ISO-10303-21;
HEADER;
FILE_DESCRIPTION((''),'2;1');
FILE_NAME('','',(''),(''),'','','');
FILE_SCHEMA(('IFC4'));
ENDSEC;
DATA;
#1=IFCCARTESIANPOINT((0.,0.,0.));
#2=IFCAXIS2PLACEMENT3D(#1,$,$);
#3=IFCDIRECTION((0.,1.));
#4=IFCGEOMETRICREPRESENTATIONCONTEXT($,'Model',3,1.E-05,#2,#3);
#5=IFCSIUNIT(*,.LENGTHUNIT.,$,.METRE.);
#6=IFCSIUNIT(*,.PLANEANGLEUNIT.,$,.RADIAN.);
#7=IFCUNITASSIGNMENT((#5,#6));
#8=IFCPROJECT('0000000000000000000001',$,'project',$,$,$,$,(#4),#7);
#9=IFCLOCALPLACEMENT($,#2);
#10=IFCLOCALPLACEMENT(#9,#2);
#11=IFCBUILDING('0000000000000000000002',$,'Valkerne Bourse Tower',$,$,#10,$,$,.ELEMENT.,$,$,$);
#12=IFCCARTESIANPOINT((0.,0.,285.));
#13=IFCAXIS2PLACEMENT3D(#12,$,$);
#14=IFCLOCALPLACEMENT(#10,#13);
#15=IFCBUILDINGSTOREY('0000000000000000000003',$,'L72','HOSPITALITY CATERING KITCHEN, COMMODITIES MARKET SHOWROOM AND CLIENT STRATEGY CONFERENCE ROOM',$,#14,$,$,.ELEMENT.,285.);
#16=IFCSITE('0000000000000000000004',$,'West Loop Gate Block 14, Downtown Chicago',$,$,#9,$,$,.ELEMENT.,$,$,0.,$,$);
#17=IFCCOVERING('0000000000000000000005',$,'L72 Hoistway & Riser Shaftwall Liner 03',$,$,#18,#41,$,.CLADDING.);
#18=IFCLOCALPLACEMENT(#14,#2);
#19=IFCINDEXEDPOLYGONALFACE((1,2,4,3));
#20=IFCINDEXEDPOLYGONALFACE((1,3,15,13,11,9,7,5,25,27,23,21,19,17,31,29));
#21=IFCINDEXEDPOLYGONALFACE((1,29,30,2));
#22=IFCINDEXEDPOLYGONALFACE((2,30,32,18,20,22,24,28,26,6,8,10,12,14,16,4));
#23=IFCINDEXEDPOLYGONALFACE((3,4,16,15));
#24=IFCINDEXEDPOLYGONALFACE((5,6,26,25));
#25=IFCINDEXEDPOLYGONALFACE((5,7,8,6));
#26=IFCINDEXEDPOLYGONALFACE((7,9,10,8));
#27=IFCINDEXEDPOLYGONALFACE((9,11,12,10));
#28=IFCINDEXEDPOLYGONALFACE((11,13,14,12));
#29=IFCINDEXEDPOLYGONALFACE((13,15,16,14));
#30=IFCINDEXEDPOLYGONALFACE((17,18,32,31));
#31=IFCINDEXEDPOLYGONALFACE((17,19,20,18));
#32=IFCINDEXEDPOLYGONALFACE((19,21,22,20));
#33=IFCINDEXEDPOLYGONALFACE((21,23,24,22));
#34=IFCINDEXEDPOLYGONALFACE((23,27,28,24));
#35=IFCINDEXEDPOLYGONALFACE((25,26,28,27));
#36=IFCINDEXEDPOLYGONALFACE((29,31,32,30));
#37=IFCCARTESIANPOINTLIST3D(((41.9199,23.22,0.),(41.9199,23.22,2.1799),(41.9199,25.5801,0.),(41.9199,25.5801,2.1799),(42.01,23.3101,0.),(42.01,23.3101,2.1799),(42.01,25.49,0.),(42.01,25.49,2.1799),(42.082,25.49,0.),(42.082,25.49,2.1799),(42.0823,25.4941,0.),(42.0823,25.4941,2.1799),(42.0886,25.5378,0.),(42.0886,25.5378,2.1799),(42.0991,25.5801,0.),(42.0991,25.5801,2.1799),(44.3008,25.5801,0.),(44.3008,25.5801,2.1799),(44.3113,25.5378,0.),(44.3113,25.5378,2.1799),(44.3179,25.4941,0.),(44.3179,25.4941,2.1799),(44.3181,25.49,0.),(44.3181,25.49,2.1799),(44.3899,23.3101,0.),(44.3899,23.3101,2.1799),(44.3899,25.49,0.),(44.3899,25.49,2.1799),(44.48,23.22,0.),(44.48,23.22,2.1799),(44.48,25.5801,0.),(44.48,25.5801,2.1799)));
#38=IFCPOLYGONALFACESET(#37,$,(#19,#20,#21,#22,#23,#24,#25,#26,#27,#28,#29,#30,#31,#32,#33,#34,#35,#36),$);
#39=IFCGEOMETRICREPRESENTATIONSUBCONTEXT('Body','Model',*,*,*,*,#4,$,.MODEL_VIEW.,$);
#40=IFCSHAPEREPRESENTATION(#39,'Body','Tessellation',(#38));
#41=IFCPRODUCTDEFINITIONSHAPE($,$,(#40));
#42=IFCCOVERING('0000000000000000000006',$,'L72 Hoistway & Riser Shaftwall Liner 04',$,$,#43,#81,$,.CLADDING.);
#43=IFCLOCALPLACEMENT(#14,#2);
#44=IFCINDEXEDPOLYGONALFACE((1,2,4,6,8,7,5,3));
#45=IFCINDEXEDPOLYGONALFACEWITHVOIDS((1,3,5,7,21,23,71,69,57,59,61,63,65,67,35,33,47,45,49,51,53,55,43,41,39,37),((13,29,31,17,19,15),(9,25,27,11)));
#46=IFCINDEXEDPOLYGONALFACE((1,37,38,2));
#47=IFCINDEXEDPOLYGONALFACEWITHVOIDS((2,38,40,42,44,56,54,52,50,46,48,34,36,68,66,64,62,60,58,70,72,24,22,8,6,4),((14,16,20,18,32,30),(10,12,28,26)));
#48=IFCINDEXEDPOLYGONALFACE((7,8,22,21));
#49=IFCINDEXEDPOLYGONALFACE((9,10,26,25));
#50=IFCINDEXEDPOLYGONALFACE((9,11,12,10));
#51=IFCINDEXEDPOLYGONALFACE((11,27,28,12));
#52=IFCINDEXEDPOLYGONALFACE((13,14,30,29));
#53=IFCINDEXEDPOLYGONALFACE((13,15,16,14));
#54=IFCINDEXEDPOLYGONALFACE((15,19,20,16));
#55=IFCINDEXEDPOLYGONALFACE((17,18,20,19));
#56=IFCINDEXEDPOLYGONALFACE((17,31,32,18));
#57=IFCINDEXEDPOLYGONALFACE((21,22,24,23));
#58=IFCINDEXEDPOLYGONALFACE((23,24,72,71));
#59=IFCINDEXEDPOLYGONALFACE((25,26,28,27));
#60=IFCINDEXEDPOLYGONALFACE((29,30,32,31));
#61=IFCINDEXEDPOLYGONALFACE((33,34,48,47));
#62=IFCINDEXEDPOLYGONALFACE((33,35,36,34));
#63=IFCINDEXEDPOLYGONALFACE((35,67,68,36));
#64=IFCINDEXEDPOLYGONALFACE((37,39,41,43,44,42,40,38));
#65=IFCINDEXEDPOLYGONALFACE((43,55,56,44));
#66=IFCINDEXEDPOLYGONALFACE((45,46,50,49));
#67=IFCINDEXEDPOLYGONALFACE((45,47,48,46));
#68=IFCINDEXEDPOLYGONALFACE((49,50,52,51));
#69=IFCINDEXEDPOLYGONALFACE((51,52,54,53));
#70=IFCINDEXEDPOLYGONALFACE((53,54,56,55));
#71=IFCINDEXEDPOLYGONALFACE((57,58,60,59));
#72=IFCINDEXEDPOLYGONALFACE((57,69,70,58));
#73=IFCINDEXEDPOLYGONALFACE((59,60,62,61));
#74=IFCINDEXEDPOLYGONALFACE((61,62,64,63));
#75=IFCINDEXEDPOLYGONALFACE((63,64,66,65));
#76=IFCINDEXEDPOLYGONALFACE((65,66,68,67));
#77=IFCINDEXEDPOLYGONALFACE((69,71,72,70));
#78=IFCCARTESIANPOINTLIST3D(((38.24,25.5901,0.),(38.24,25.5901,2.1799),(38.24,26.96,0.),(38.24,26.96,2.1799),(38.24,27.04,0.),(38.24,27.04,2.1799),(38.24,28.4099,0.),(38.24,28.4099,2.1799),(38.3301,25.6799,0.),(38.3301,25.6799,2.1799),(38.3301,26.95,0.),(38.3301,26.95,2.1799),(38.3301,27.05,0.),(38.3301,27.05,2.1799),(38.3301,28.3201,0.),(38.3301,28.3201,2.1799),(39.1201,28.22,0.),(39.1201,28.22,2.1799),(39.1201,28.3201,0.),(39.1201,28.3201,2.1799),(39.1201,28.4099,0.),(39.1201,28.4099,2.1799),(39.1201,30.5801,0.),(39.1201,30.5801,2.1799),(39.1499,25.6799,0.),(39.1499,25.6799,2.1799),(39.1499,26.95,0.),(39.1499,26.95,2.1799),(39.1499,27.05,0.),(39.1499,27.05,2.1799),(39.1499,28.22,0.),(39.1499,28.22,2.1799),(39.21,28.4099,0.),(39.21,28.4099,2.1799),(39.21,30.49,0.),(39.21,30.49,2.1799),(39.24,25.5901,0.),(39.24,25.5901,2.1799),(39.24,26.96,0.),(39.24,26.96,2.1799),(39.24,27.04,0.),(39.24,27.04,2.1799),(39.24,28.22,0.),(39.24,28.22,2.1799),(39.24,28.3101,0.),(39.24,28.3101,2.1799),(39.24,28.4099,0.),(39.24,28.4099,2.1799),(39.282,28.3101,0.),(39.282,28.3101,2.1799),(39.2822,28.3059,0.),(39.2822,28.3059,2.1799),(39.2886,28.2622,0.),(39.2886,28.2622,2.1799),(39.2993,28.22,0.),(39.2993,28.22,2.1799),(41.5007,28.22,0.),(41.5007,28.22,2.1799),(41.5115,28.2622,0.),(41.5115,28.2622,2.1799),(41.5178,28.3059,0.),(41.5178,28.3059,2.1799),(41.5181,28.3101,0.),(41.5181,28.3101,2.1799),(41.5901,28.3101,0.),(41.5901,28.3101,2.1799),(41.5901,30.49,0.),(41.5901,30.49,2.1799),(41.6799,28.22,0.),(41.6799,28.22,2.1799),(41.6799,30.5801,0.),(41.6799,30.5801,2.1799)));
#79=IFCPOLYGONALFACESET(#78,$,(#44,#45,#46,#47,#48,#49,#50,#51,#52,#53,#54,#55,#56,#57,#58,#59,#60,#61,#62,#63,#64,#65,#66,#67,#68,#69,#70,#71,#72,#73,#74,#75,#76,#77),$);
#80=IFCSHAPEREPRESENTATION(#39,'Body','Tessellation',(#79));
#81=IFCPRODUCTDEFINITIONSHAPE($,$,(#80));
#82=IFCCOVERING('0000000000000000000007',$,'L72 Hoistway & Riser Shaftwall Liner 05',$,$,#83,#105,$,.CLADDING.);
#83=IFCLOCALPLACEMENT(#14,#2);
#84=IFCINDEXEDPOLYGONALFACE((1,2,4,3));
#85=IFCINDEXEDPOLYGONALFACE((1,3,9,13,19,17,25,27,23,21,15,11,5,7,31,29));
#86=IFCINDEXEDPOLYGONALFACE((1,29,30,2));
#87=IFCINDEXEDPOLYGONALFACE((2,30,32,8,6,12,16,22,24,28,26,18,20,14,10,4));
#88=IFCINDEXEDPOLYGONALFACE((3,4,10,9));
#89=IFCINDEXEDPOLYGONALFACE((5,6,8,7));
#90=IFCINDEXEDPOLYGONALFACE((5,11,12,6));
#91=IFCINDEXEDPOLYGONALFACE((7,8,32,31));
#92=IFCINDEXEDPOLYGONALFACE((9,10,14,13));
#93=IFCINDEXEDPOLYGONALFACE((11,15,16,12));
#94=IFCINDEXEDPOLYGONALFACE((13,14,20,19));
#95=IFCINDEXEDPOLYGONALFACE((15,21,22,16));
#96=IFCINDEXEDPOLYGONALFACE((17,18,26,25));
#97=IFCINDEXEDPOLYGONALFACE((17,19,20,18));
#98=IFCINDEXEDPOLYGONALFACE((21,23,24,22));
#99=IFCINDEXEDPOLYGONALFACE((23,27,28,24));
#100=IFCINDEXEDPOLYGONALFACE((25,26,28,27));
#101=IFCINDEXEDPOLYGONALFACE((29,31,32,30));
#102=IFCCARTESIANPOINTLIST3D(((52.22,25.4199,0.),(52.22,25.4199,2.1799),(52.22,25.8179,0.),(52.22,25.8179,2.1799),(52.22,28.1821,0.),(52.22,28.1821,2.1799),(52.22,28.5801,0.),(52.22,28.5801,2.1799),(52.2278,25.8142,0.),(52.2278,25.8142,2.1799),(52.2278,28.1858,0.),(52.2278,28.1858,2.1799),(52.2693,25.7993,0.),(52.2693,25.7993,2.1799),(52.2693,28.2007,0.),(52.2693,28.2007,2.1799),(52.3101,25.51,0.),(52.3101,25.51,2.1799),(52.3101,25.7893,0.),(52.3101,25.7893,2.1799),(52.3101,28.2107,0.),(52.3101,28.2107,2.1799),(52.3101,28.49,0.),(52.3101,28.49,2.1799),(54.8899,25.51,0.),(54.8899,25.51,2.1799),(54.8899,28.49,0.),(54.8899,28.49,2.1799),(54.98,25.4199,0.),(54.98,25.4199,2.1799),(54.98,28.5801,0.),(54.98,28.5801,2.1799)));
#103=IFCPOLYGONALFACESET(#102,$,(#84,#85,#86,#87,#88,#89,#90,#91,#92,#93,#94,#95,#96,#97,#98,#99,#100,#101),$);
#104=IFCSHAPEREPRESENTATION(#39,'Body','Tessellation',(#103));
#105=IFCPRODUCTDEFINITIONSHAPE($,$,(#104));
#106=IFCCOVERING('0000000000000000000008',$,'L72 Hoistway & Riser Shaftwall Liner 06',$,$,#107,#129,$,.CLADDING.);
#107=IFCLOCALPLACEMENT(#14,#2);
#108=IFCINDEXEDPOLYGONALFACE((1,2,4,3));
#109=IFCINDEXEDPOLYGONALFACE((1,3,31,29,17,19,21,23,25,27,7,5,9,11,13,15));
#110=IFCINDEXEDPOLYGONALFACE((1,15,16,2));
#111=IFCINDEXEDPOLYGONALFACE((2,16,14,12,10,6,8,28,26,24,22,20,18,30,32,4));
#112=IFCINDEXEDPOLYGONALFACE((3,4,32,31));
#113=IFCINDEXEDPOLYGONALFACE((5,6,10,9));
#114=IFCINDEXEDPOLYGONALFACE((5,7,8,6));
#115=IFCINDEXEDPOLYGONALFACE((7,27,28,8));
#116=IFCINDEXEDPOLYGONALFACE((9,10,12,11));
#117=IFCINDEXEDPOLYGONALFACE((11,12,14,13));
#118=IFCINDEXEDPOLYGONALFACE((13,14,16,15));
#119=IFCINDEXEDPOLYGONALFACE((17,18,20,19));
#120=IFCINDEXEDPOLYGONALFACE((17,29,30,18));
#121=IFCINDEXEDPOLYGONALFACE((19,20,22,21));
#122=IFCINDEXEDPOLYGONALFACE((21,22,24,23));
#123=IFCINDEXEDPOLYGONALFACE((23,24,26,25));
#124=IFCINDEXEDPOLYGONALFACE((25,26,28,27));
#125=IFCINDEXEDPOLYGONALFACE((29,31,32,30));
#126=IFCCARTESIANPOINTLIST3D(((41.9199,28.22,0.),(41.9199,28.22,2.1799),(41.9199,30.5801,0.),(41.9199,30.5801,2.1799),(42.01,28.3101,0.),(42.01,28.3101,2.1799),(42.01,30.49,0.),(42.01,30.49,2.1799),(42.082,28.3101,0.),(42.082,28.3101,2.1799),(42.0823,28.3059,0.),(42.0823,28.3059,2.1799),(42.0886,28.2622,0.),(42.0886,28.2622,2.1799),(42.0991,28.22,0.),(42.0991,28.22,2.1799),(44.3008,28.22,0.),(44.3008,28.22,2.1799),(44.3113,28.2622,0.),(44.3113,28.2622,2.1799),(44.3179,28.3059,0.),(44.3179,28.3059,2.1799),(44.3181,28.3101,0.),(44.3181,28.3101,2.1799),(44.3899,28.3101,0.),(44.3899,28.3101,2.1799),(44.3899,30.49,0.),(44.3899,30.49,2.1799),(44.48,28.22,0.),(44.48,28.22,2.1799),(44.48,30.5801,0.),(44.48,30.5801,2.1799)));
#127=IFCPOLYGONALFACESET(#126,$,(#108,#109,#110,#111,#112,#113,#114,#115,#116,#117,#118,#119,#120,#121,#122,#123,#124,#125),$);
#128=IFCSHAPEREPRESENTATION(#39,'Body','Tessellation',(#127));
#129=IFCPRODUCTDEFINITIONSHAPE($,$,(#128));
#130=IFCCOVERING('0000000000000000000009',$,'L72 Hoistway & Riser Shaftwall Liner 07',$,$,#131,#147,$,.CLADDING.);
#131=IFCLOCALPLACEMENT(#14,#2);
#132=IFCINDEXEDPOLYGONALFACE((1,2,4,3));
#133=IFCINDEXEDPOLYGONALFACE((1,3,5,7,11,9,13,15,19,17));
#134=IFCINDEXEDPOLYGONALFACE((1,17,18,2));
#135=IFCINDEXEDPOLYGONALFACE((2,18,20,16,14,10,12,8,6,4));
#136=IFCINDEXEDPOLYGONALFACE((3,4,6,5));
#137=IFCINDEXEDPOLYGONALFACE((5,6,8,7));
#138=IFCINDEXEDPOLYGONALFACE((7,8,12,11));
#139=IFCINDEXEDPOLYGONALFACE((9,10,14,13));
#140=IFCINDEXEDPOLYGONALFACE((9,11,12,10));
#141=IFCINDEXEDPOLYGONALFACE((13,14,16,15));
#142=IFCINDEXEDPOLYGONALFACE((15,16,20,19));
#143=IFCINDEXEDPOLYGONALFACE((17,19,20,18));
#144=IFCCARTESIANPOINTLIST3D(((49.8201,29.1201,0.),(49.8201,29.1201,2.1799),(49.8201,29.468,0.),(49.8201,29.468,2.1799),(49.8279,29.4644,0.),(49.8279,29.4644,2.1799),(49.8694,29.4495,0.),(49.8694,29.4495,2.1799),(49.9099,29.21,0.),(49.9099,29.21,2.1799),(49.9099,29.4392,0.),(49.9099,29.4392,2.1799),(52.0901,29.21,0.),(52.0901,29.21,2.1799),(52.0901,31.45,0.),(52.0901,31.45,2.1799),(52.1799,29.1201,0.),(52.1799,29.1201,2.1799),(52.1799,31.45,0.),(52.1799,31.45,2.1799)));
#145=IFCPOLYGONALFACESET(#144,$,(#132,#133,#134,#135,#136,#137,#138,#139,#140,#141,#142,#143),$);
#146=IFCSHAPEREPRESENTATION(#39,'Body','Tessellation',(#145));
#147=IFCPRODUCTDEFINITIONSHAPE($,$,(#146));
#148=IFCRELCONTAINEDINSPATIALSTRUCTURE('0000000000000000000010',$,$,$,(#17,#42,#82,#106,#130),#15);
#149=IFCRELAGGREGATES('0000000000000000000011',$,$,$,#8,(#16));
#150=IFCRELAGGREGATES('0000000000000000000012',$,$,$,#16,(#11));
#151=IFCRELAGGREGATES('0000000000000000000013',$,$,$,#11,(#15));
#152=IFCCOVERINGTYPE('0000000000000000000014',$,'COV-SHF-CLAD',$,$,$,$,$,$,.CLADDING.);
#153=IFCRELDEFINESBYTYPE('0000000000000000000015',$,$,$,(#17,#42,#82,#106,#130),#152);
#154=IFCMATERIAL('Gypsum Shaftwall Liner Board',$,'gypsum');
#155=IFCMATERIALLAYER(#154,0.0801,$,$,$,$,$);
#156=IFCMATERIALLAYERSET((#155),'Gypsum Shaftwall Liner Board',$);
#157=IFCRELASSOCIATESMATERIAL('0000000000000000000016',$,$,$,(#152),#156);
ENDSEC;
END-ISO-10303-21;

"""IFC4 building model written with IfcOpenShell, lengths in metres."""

from ifc_helpers import new_model, si_unit, direction, frame, origin, place, context, subcontext, project, spatial, polyline, outline, extrude, material, layer, layer_set, type_object, element, save


model = new_model("IFC4")

# Units and contexts
model_context = context("Model", 3, precision=1e-05, world=origin(), true_north=direction((0.0, 1.0)))
body_context = subcontext(model_context, "Body", "Model", "MODEL_VIEW")
ifc_project = project(units=[si_unit("LENGTHUNIT", "METRE"), si_unit("PLANEANGLEUNIT", "RADIAN")], contexts=[model_context])

# Site, building, storey
site_placement = place(None, origin())
site = spatial("IfcSite", under=ifc_project, at=site_placement, Name="West Loop Gate Block 14, Downtown Chicago", CompositionType="ELEMENT", RefElevation=0.0)
building_placement = place(site_placement, origin())
building = spatial("IfcBuilding", under=site, at=building_placement, Name="Valkerne Bourse Tower", CompositionType="ELEMENT")
storey_placement = place(building_placement, frame((0.0, 0.0, 285.0)))
storey = spatial("IfcBuildingStorey", under=building, at=storey_placement, Name="L72", Description="HOSPITALITY CATERING KITCHEN, COMMODITIES MARKET SHOWROOM AND CLIENT STRATEGY CONFERENCE ROOM", CompositionType="ELEMENT", Elevation=285.0)

# Coverings
ifc_material_1 = material(Name="Gypsum Shaftwall Liner Board", Category="gypsum")
ifc_layer_1 = layer(ifc_material_1, 0.0801)
ifc_layer_set_1 = layer_set([ifc_layer_1], Name="Gypsum Shaftwall Liner Board")
covering_type_1 = type_object("IfcCoveringType", Name="COV-SHF-CLAD", PredefinedType="CLADDING", material=ifc_layer_set_1)
covering_1_placement = place(storey_placement, origin())
element("IfcCovering", 1, at=covering_1_placement, inside=storey, type_object=covering_type_1, Name="L72 Hoistway & Riser Shaftwall Liner 03", PredefinedType="CLADDING", context=body_context, shape_type="SweptSolid", body=[
    extrude(outline(polyline([(42.0991, 25.5801), (42.0886, 25.5378), (42.0823, 25.4941), (42.082, 25.49), (42.01, 25.49), (42.01, 23.3101), (44.3899, 23.3101), (44.3899, 25.49), (44.3181, 25.49), (44.3179, 25.4941), (44.3113, 25.5378), (44.3008, 25.5801), (44.48, 25.5801), (44.48, 23.22), (41.9199, 23.22), (41.9199, 25.5801), (42.0991, 25.5801)])), origin(), (0.0, 0.0, 1.0), 2.1799),
])
covering_2_placement = place(storey_placement, origin())
element("IfcCovering", 2, at=covering_2_placement, inside=storey, type_object=covering_type_1, Name="L72 Hoistway & Riser Shaftwall Liner 04", PredefinedType="CLADDING", context=body_context, shape_type="SweptSolid", body=[
    extrude(outline(polyline([(38.24, 27.04), (38.24, 28.4099), (39.1201, 28.4099), (39.1201, 30.5801), (41.6799, 30.5801), (41.6799, 28.22), (41.5007, 28.22), (41.5115, 28.2622), (41.5178, 28.3059), (41.5181, 28.3101), (41.5901, 28.3101), (41.5901, 30.49), (39.21, 30.49), (39.21, 28.4099), (39.24, 28.4099), (39.24, 28.3101), (39.282, 28.3101), (39.2822, 28.3059), (39.2886, 28.2622), (39.2993, 28.22), (39.24, 28.22), (39.24, 27.04), (39.24, 26.96), (39.24, 25.5901), (38.24, 25.5901), (38.24, 26.96), (38.24, 27.04)]), holes=[polyline([(39.1499, 26.95), (38.3301, 26.95), (38.3301, 25.6799), (39.1499, 25.6799), (39.1499, 26.95)]), polyline([(39.1499, 28.22), (39.1201, 28.22), (39.1201, 28.3201), (38.3301, 28.3201), (38.3301, 27.05), (39.1499, 27.05), (39.1499, 28.22)])]), origin(), (0.0, 0.0, 1.0), 2.1799),
])
covering_3_placement = place(storey_placement, origin())
element("IfcCovering", 3, at=covering_3_placement, inside=storey, type_object=covering_type_1, Name="L72 Hoistway & Riser Shaftwall Liner 05", PredefinedType="CLADDING", context=body_context, shape_type="SweptSolid", body=[
    extrude(outline(polyline([(54.98, 28.5801), (54.98, 25.4199), (52.22, 25.4199), (52.22, 25.8179), (52.2278, 25.8142), (52.2693, 25.7993), (52.3101, 25.7893), (52.3101, 25.51), (54.8899, 25.51), (54.8899, 28.49), (52.3101, 28.49), (52.3101, 28.2107), (52.2693, 28.2007), (52.2278, 28.1858), (52.22, 28.1821), (52.22, 28.5801), (54.98, 28.5801)])), origin(), (0.0, 0.0, 1.0), 2.1799),
])
covering_4_placement = place(storey_placement, origin())
element("IfcCovering", 4, at=covering_4_placement, inside=storey, type_object=covering_type_1, Name="L72 Hoistway & Riser Shaftwall Liner 06", PredefinedType="CLADDING", context=body_context, shape_type="SweptSolid", body=[
    extrude(outline(polyline([(44.48, 28.22), (44.3008, 28.22), (44.3113, 28.2622), (44.3179, 28.3059), (44.3181, 28.3101), (44.3899, 28.3101), (44.3899, 30.49), (42.01, 30.49), (42.01, 28.3101), (42.082, 28.3101), (42.0823, 28.3059), (42.0886, 28.2622), (42.0991, 28.22), (41.9199, 28.22), (41.9199, 30.5801), (44.48, 30.5801), (44.48, 28.22)])), origin(), (0.0, 0.0, 1.0), 2.1799),
])
covering_5_placement = place(storey_placement, origin())
element("IfcCovering", 5, at=covering_5_placement, inside=storey, type_object=covering_type_1, Name="L72 Hoistway & Riser Shaftwall Liner 07", PredefinedType="CLADDING", context=body_context, shape_type="SweptSolid", body=[
    extrude(outline(polyline([(49.8201, 29.1201), (49.8201, 29.468), (49.8279, 29.4644), (49.8694, 29.4495), (49.9099, 29.4392), (49.9099, 29.21), (52.0901, 29.21), (52.0901, 31.45), (52.1799, 31.45), (52.1799, 29.1201), (49.8201, 29.1201)])), origin(), (0.0, 0.0, 1.0), 2.1799),
])

save(model, "model.ifc")
